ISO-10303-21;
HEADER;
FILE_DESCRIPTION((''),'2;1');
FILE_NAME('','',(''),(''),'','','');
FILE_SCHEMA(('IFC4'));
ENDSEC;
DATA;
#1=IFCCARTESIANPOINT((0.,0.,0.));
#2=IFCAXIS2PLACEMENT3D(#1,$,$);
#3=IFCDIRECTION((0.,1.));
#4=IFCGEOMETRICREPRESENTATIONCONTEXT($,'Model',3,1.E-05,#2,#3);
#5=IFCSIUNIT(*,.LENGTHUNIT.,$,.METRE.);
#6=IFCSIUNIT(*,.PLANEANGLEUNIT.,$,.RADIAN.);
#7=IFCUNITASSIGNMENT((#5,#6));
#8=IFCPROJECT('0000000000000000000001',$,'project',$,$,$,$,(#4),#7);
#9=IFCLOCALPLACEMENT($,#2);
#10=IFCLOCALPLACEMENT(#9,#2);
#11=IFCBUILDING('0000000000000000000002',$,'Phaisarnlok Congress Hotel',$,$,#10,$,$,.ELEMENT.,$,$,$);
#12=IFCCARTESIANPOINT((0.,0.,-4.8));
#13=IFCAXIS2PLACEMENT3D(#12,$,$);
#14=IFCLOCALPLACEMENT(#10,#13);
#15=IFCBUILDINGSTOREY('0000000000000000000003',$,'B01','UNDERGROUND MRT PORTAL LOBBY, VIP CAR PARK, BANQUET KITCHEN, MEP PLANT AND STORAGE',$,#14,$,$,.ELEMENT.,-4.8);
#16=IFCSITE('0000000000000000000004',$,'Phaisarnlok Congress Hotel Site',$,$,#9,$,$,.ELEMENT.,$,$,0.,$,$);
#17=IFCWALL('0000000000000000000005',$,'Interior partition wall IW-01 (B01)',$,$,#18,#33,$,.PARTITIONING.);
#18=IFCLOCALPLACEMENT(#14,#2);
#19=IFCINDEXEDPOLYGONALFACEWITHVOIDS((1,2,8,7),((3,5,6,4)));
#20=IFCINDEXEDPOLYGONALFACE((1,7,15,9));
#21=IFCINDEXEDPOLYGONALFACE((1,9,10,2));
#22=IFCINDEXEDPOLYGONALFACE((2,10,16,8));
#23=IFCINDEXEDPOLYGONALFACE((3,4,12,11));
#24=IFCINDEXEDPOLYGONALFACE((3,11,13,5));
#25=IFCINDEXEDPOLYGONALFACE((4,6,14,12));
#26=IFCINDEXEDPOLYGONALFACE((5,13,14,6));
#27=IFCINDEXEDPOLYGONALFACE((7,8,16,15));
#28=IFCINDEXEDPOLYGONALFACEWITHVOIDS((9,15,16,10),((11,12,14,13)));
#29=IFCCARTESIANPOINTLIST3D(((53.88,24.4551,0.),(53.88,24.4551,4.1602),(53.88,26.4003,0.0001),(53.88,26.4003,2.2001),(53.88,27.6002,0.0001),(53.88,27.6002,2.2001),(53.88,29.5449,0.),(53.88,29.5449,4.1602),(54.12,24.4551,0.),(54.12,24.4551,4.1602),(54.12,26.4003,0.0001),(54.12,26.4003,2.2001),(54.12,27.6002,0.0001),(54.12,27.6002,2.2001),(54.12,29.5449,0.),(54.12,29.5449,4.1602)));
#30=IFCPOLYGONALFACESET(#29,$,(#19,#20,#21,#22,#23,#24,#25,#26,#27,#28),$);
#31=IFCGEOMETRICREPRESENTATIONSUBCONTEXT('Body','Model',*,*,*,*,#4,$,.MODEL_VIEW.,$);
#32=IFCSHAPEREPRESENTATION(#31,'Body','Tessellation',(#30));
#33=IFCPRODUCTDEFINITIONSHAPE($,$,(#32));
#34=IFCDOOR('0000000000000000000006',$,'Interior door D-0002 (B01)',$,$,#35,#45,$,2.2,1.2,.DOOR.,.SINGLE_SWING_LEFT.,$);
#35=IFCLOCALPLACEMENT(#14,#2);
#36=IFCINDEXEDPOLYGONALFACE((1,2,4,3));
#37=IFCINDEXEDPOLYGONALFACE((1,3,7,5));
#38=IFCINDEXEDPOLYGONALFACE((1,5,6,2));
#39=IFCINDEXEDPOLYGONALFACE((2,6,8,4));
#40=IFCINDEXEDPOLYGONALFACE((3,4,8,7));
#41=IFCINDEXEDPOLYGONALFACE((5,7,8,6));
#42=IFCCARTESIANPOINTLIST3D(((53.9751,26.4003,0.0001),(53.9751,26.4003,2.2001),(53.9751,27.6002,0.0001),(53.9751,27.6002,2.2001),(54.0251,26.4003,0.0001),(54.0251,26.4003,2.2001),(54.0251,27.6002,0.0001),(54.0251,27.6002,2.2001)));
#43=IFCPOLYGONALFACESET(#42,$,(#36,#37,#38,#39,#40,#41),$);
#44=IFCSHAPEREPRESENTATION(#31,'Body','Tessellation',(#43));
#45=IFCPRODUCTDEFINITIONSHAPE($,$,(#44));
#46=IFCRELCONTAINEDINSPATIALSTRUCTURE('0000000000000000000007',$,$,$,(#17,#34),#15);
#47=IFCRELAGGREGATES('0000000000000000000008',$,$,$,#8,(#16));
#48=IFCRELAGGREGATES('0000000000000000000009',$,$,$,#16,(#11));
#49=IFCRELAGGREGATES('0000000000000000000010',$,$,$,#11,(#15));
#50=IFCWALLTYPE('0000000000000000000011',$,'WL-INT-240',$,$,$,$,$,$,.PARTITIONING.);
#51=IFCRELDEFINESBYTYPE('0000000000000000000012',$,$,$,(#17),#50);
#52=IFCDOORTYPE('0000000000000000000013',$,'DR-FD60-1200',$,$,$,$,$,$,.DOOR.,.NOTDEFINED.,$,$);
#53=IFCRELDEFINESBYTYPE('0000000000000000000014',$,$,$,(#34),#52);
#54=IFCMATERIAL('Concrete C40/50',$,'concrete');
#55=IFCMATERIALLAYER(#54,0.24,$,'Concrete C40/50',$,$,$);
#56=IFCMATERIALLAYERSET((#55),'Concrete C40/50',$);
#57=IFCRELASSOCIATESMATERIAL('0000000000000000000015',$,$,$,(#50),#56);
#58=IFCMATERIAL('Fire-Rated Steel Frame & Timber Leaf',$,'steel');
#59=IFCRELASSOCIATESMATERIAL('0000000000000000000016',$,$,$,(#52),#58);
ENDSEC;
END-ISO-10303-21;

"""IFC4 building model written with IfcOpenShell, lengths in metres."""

from ifc_helpers import new_model, si_unit, direction, frame, frame_2d, origin, place, context, subcontext, project, spatial, rectangle, extrude, material, layer, layer_set, type_object, element, fill, save


model = new_model("IFC4")

# Units and contexts
model_context = context("Model", 3, precision=1e-05, world=origin(), true_north=direction((0.0, 1.0)))
body_context = subcontext(model_context, "Body", "Model", "MODEL_VIEW")
ifc_project = project(units=[si_unit("LENGTHUNIT", "METRE"), si_unit("PLANEANGLEUNIT", "RADIAN")], contexts=[model_context])

# Site, building, storey
site_placement = place(None, origin())
site = spatial("IfcSite", under=ifc_project, at=site_placement, Name="Phaisarnlok Congress Hotel Site", CompositionType="ELEMENT", RefElevation=0.0)
building_placement = place(site_placement, origin())
building = spatial("IfcBuilding", under=site, at=building_placement, Name="Phaisarnlok Congress Hotel", CompositionType="ELEMENT")
storey_placement = place(building_placement, frame((0.0, 0.0, -4.8)))
storey = spatial("IfcBuildingStorey", under=building, at=storey_placement, Name="B01", Description="UNDERGROUND MRT PORTAL LOBBY, VIP CAR PARK, BANQUET KITCHEN, MEP PLANT AND STORAGE", CompositionType="ELEMENT", Elevation=-4.8)

# Shared definitions
ifc_material_1 = material(Name="Concrete C40/50", Category="concrete")

# Wall, opening, door
ifc_layer = layer(ifc_material_1, 0.24, Name="Concrete C40/50")
ifc_layer_set = layer_set([ifc_layer], Name="Concrete C40/50")
wall_type = type_object("IfcWallType", Name="WL-INT-240", PredefinedType="PARTITIONING", material=ifc_layer_set)
wall_placement = place(storey_placement, frame((54.0, 24.4551, 0.0), z_axis=(0.0, 0.0, 1.0), x_axis=(0.0, 1.0, 0.0)))
wall = element("IfcWall", 1, at=wall_placement, inside=storey, type_object=wall_type, Name="Interior partition wall IW-01 (B01)", PredefinedType="PARTITIONING", context=body_context, shape_type="SweptSolid", body=[
    extrude(rectangle(XDim=5.0898, YDim=0.24, at=frame_2d((2.5449, 0.0))), origin(), (0.0, 0.0, 1.0), 4.1602),
])
opening_placement = place(wall_placement, frame((1.9451, 0.0, 0.0)))
opening = element("IfcOpeningElement", 2, at=opening_placement, cuts=wall, PredefinedType="OPENING", context=body_context, shape_type="SweptSolid", body=[
    extrude(rectangle(XDim=1.2, YDim=2.2, at=frame_2d((0.6001, 1.1001))), frame((0.0, 0.1299, 0.0), z_axis=(0.0, -1.0, 0.0), x_axis=(1.0, 0.0, 0.0)), (0.0, 0.0, 1.0), 0.26),
])
ifc_material_2 = material(Name="Fire-Rated Steel Frame & Timber Leaf", Category="steel")
door_type = type_object("IfcDoorType", Name="DR-FD60-1200", OperationType="NOTDEFINED", PredefinedType="DOOR", material=ifc_material_2)
door_placement = place(opening_placement, origin())
door = element("IfcDoor", 3, at=door_placement, inside=storey, type_object=door_type, Name="Interior door D-0002 (B01)", OperationType="SINGLE_SWING_LEFT", OverallHeight=2.2, OverallWidth=1.2, PredefinedType="DOOR", context=body_context, shape_type="SweptSolid", body=[
    extrude(rectangle(XDim=1.2, YDim=2.2, at=frame_2d((0.6001, 1.1001))), frame((0.0, 0.0249, 0.0), z_axis=(0.0, -1.0, 0.0), x_axis=(1.0, 0.0, 0.0)), (0.0, 0.0, 1.0), 0.05),
])
fill(opening, door)

save(model, "model.ifc")
